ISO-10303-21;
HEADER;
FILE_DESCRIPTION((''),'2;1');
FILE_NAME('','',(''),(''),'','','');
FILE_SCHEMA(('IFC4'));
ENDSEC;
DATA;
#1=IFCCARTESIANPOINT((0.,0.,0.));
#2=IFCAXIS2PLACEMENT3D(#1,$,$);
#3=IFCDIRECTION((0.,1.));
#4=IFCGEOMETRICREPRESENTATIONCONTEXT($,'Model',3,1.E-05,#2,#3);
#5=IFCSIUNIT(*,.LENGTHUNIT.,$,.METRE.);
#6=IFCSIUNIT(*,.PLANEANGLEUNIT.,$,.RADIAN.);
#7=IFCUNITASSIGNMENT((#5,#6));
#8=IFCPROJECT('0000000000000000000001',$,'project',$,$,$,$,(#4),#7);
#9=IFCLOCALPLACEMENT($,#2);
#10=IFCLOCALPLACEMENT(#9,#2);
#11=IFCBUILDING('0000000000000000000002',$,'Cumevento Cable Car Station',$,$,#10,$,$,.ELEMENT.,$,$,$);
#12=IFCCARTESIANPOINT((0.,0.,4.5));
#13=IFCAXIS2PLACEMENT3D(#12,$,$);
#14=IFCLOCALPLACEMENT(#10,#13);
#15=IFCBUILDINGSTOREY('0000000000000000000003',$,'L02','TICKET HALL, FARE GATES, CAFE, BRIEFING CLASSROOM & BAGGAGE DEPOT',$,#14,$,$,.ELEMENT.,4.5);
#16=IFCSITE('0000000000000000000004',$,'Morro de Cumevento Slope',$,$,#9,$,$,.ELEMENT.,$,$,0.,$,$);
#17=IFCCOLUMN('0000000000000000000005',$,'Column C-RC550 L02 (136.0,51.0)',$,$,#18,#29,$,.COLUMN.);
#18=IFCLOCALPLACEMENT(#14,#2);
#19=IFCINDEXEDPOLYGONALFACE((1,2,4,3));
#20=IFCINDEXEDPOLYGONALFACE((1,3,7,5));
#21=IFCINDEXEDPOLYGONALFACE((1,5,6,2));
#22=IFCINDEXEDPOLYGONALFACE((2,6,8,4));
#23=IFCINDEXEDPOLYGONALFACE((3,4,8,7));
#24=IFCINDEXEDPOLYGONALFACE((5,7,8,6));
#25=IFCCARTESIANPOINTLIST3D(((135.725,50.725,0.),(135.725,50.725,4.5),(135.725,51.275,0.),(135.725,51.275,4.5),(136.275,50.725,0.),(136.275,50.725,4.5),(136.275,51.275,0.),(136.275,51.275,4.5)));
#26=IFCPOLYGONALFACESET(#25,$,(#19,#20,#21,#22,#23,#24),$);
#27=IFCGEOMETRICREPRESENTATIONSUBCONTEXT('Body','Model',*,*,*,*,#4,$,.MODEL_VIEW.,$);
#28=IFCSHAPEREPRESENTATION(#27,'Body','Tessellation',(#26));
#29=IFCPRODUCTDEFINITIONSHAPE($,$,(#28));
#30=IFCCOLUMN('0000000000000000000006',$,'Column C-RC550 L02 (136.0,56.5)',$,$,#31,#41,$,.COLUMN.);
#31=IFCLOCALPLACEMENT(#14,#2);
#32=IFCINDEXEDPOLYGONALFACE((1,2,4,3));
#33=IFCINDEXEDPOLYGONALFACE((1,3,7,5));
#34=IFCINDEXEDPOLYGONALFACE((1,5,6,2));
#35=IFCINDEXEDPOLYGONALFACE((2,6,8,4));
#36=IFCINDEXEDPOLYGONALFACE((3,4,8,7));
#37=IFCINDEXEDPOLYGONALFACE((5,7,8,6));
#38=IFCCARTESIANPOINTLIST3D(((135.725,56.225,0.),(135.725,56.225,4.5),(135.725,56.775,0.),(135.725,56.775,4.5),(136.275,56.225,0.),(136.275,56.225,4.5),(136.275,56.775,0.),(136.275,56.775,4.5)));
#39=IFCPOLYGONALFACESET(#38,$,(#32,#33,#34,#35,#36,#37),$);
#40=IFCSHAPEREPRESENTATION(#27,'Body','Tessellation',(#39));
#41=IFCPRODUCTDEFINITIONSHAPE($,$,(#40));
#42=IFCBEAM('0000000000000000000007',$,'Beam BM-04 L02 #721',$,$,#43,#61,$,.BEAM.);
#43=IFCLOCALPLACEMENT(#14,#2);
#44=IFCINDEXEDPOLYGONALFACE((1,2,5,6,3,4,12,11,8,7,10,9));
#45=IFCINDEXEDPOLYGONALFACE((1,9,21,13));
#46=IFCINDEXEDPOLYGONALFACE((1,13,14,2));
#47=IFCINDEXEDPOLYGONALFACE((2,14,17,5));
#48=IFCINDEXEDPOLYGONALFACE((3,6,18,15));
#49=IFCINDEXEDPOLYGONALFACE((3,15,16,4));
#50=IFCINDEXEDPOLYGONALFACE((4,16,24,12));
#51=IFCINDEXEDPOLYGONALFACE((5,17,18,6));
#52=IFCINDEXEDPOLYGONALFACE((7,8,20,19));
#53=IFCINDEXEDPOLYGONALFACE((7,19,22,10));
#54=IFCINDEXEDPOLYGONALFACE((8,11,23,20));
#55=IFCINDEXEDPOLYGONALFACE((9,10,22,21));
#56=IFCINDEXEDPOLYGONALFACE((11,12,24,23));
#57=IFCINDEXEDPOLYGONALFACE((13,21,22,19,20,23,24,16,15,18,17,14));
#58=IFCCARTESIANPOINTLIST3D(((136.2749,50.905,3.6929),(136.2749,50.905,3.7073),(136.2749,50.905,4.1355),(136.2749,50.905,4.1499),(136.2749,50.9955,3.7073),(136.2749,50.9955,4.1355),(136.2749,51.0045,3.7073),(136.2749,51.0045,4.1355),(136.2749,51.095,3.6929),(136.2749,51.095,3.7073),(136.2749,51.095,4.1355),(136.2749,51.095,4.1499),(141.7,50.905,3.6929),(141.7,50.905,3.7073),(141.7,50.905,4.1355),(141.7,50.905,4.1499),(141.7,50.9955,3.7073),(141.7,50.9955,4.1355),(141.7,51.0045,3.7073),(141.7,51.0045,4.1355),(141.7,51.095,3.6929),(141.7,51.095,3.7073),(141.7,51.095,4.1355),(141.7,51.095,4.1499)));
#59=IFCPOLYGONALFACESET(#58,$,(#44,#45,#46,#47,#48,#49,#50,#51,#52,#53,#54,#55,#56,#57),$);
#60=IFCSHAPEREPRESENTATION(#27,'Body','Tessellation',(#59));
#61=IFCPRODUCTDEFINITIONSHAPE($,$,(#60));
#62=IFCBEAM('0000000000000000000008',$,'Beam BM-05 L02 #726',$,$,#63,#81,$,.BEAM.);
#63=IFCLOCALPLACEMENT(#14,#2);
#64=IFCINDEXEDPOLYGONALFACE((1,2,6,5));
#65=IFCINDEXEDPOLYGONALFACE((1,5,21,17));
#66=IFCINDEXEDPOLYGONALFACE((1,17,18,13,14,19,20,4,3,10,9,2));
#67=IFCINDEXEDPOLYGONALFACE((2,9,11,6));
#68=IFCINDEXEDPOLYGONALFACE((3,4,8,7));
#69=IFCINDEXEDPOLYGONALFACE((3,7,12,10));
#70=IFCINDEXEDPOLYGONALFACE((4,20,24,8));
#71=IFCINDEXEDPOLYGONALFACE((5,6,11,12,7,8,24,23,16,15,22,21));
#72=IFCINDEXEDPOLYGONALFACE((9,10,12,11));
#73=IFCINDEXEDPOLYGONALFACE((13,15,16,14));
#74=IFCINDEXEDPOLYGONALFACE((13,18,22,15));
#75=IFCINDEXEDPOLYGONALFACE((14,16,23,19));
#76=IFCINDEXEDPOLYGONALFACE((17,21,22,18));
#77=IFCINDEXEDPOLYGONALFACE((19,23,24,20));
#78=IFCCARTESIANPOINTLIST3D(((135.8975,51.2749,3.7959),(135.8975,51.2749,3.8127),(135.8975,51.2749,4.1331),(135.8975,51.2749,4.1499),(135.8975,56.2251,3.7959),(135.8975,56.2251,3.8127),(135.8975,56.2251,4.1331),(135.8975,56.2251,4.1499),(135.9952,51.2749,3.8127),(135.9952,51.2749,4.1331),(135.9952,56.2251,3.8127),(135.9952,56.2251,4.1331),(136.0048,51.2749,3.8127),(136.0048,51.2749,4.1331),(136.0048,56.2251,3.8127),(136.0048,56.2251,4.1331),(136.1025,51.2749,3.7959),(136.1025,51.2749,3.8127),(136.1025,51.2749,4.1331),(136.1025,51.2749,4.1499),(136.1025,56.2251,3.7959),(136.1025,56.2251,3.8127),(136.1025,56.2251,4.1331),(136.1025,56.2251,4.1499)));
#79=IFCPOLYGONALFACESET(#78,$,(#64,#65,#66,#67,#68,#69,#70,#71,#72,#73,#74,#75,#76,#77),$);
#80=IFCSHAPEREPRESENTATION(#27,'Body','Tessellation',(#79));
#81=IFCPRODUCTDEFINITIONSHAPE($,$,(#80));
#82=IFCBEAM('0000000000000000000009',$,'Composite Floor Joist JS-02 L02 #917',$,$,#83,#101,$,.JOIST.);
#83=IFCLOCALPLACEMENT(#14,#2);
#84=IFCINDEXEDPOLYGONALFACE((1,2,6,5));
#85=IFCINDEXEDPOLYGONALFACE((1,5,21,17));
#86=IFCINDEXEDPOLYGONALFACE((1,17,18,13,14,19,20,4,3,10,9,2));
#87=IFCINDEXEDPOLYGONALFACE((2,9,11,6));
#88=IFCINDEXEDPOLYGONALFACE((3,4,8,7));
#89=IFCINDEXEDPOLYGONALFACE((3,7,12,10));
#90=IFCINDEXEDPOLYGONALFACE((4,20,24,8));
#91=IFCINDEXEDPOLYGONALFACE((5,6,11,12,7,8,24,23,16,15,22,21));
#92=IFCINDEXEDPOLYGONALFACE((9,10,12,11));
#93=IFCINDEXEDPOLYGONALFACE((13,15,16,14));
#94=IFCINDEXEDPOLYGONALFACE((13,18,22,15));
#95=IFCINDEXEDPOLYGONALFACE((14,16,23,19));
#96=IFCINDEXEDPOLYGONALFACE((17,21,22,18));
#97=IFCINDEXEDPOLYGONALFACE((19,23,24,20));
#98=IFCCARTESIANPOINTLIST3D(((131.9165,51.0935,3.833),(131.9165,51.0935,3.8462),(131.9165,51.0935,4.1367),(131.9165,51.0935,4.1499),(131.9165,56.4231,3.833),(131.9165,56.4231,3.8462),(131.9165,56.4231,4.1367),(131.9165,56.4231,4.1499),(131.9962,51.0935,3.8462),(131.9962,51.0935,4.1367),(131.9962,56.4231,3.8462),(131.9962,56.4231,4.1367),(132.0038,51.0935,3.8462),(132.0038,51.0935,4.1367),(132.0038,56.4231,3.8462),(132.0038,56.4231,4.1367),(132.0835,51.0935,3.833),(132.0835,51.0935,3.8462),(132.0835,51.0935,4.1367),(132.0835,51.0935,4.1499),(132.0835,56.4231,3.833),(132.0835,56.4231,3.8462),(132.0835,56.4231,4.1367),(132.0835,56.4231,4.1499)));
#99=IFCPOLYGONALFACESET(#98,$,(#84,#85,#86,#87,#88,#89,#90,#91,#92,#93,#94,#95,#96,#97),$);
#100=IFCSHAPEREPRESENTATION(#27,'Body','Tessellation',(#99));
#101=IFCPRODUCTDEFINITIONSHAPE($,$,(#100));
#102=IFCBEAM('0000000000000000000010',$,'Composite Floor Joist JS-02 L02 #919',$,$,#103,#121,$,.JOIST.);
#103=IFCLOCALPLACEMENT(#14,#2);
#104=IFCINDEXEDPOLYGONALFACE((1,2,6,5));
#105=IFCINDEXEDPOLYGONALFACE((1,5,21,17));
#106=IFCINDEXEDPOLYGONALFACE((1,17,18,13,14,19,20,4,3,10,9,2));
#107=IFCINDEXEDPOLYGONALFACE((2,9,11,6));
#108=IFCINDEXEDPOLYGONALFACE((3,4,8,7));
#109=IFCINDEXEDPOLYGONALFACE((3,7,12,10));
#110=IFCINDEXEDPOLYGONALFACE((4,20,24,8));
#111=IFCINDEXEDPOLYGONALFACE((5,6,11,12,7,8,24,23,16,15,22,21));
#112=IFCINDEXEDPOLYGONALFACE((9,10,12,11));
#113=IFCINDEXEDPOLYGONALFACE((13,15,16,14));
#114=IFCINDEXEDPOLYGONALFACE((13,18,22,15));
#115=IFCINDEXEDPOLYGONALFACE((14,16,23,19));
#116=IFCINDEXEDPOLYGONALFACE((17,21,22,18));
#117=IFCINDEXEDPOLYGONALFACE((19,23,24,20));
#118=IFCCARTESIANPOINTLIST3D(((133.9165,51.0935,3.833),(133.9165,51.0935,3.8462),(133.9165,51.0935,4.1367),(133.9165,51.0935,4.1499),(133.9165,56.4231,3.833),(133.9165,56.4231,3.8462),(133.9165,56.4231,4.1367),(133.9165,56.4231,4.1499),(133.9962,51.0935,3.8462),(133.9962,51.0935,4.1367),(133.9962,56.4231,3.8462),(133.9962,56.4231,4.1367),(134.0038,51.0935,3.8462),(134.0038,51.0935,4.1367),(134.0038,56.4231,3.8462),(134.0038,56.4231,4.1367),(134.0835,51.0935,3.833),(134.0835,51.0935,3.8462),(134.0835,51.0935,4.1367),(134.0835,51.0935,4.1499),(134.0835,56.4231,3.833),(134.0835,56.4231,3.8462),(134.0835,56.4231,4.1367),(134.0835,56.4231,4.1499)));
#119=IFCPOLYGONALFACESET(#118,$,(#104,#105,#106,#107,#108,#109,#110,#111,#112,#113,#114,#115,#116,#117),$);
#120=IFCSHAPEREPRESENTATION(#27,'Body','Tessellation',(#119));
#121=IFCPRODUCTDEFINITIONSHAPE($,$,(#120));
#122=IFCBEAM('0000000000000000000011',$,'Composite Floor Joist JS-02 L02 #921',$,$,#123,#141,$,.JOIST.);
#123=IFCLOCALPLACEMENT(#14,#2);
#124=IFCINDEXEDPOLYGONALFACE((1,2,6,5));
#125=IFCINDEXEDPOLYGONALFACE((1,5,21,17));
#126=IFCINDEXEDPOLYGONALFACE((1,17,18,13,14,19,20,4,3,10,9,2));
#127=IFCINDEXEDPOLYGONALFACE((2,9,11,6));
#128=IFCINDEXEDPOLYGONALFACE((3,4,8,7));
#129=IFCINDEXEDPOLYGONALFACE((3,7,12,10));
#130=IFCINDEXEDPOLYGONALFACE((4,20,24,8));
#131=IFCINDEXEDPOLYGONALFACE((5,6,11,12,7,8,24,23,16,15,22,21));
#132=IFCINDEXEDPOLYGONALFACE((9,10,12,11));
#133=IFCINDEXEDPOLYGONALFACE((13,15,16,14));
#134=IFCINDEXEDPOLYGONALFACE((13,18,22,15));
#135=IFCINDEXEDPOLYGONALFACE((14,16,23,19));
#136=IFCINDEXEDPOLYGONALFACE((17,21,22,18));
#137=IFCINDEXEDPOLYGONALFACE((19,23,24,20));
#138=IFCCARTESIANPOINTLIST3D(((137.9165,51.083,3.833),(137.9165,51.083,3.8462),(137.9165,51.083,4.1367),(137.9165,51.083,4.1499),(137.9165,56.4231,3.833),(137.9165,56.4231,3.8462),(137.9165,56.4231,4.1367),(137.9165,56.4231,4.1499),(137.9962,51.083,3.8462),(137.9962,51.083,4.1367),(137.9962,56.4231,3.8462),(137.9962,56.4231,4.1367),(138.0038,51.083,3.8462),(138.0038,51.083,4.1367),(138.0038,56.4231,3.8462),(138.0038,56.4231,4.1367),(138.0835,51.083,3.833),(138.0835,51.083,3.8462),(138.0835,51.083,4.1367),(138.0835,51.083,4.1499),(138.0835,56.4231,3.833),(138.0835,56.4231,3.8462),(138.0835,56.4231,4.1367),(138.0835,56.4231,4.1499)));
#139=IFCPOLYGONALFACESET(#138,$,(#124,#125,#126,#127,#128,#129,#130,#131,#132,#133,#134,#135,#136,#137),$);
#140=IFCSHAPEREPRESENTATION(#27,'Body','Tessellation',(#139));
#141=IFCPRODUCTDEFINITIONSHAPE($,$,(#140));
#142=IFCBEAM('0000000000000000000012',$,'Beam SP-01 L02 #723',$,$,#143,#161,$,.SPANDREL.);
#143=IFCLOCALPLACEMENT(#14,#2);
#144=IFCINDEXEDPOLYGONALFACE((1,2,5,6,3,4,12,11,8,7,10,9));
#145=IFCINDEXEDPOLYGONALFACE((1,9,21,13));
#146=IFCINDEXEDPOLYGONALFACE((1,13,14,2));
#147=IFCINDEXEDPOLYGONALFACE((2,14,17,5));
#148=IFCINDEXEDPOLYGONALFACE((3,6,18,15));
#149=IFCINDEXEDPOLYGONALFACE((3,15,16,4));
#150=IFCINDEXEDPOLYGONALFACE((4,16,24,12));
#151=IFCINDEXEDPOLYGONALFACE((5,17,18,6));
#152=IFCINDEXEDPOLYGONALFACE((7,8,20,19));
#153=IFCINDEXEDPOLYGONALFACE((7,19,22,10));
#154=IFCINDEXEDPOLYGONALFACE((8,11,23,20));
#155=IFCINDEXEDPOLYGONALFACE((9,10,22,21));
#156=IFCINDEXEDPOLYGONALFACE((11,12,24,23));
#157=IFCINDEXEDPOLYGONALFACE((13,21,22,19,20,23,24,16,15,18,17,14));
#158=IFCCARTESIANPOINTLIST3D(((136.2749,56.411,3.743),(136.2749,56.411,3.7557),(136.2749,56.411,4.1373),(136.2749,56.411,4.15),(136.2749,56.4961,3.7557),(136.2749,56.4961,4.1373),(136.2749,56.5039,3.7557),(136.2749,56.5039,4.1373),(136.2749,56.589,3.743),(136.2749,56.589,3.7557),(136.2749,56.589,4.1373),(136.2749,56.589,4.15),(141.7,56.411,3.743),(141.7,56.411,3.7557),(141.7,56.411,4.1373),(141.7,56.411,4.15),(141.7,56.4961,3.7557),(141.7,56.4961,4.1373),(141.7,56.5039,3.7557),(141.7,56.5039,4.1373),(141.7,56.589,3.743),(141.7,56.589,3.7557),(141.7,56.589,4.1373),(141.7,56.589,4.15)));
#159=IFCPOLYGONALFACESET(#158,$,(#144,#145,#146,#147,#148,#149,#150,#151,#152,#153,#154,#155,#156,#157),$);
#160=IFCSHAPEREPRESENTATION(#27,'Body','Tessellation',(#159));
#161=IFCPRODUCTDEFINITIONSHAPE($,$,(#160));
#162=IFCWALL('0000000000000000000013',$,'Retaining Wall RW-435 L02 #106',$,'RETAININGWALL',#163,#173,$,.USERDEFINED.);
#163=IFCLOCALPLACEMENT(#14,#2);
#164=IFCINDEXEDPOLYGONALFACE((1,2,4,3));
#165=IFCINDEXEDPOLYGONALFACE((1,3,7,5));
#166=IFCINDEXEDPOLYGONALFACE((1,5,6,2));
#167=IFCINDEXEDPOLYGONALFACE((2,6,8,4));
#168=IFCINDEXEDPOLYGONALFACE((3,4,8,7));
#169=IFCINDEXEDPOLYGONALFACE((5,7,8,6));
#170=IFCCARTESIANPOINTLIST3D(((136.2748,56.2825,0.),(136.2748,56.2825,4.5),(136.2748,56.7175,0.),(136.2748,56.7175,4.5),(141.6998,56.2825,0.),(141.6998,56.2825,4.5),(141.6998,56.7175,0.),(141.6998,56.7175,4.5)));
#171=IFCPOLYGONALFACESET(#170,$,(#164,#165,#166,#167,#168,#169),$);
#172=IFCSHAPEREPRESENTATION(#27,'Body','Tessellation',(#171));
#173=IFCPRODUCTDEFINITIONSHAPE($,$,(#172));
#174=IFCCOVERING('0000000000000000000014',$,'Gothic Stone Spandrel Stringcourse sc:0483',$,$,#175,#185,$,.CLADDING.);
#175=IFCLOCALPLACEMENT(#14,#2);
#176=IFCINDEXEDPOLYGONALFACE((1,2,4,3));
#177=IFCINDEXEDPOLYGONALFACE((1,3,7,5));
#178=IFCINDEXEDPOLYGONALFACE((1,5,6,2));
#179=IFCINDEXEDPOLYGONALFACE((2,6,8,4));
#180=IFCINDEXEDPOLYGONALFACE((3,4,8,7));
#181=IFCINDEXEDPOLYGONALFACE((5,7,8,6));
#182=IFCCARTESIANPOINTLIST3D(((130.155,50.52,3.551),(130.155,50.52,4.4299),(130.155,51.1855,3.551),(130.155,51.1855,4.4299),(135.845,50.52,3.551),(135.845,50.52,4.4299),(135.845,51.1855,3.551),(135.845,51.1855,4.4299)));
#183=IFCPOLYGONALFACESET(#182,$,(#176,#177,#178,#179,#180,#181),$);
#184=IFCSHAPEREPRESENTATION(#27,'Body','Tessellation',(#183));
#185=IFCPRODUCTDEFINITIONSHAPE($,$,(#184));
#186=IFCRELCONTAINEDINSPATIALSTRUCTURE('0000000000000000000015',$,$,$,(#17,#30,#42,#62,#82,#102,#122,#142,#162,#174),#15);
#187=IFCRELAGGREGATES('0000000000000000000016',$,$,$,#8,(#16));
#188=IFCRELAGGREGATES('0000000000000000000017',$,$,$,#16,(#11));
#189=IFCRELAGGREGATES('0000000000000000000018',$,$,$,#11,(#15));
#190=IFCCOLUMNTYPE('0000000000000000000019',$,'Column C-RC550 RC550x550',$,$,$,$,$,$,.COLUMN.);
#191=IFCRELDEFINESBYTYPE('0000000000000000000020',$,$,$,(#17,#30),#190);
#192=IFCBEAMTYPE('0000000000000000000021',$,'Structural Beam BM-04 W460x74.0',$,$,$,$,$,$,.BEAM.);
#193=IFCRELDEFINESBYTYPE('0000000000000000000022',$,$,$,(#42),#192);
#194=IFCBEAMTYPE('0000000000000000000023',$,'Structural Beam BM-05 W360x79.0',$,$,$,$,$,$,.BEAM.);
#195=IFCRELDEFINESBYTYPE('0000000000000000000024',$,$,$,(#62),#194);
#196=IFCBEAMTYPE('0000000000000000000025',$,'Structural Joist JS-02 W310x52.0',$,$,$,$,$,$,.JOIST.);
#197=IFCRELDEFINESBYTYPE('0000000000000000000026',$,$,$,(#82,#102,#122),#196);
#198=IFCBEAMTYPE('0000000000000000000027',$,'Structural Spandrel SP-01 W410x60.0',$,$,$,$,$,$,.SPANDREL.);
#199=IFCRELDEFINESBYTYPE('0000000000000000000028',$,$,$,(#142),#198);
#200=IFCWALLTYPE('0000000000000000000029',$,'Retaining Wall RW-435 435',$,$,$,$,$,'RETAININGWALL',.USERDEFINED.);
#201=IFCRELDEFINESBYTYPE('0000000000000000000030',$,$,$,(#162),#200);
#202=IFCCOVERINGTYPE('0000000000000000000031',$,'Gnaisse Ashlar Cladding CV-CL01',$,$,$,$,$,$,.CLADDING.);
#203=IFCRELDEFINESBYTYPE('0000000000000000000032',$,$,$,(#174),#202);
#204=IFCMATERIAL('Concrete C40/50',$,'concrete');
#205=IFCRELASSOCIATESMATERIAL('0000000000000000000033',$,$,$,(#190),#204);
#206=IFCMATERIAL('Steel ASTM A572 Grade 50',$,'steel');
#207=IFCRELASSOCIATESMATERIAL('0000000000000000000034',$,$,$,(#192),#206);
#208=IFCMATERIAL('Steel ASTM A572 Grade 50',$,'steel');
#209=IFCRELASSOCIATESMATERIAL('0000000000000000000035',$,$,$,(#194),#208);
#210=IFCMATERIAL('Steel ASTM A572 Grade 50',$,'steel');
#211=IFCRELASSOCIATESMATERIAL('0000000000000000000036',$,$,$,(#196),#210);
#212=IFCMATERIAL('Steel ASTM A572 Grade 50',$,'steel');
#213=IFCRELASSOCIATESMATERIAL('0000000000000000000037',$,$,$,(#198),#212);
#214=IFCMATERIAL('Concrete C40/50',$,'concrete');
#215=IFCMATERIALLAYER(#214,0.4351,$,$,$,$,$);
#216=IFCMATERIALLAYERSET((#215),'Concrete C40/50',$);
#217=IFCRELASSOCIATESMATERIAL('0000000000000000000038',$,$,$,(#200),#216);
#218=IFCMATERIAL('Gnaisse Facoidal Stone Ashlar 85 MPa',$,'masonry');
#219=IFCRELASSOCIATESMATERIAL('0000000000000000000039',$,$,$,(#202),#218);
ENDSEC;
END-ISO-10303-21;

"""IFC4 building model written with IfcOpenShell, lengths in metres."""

from ifc_helpers import new_model, si_unit, direction, frame, frame_2d, origin, origin_2d, place, context, subcontext, project, spatial, rectangle, i_section, extrude, material, layer, layer_set, material_profile, profile_set, type_object, element, save


model = new_model("IFC4")

# Units and contexts
model_context = context("Model", 3, precision=1e-05, world=origin(), true_north=direction((0.0, 1.0)))
body_context = subcontext(model_context, "Body", "Model", "MODEL_VIEW")
ifc_project = project(units=[si_unit("LENGTHUNIT", "METRE"), si_unit("PLANEANGLEUNIT", "RADIAN")], contexts=[model_context])

# Site, building, storey
site_placement = place(None, origin())
site = spatial("IfcSite", under=ifc_project, at=site_placement, Name="Morro de Cumevento Slope", CompositionType="ELEMENT", RefElevation=0.0)
building_placement = place(site_placement, origin())
building = spatial("IfcBuilding", under=site, at=building_placement, Name="Cumevento Cable Car Station", CompositionType="ELEMENT")
storey_placement = place(building_placement, frame((0.0, 0.0, 4.5)))
storey = spatial("IfcBuildingStorey", under=building, at=storey_placement, Name="L02", Description="TICKET HALL, FARE GATES, CAFE, BRIEFING CLASSROOM & BAGGAGE DEPOT", CompositionType="ELEMENT", Elevation=4.5)

# Columns
ifc_material_1 = material(Name="Concrete C40/50", Category="concrete")
ifc_material_profile_1 = material_profile(ifc_material_1, rectangle(XDim=0.55, YDim=0.55, at=origin_2d()), Name="RC550x550")
ifc_profile_set_1 = profile_set([ifc_material_profile_1], Name="Concrete C40/50")
column_type = type_object("IfcColumnType", Name="Column C-RC550 RC550x550", PredefinedType="COLUMN", material=ifc_profile_set_1)
for number, where, z_axis, x_axis, name in (
    (1, (136.0, 51.0, 0.0), (0.0, 0.0, 1.0), (1.0, 0.0, 0.0), "Column C-RC550 L02 (136.0,51.0)"),
    (2, (136.0, 56.5, 0.0), (0.0, 0.0, 1.0), (1.0, 0.0, 0.0), "Column C-RC550 L02 (136.0,56.5)"),
):
    element("IfcColumn", number, at=place(storey_placement, frame(where, z_axis=z_axis, x_axis=x_axis)), inside=storey, type_object=column_type, Name=name, PredefinedType="COLUMN", context=body_context, shape_type="SweptSolid", body=[
        extrude(rectangle(XDim=0.55, YDim=0.55, at=origin_2d()), origin(), (0.0, 0.0, 1.0), 4.5),
    ])

# Beams
ifc_material_2 = material(Name="Steel ASTM A572 Grade 50", Category="steel")
ifc_material_profile_2 = material_profile(ifc_material_2, i_section(OverallWidth=0.1899, OverallDepth=0.457, WebThickness=0.009, FlangeThickness=0.0144, at=origin_2d()), Name="W460x74.0")
ifc_profile_set_2 = profile_set([ifc_material_profile_2], Name="Steel ASTM A572 Grade 50")
beam_type_1 = type_object("IfcBeamType", Name="Structural Beam BM-04 W460x74.0", PredefinedType="BEAM", material=ifc_profile_set_2)
beam_1_placement = place(storey_placement, frame((136.2749, 51.0, 3.9214), z_axis=(1.0, 0.0, 0.0), x_axis=(0.0, 1.0, 0.0)))
element("IfcBeam", 3, at=beam_1_placement, inside=storey, type_object=beam_type_1, Name="Beam BM-04 L02 #721", PredefinedType="BEAM", context=body_context, shape_type="SweptSolid", body=[
    extrude(i_section(OverallWidth=0.1899, OverallDepth=0.457, WebThickness=0.009, FlangeThickness=0.0144, at=origin_2d()), origin(), (0.0, 0.0, 1.0), 5.425),
])
ifc_material_3 = material(Name="Steel ASTM A572 Grade 50", Category="steel")
ifc_material_profile_3 = material_profile(ifc_material_3, i_section(OverallWidth=0.2051, OverallDepth=0.354, WebThickness=0.0095, FlangeThickness=0.0168, at=origin_2d()), Name="W360x79.0")
ifc_profile_set_3 = profile_set([ifc_material_profile_3], Name="Steel ASTM A572 Grade 50")
beam_type_2 = type_object("IfcBeamType", Name="Structural Beam BM-05 W360x79.0", PredefinedType="BEAM", material=ifc_profile_set_3)
beam_2_placement = place(storey_placement, frame((136.0, 51.2749, 3.9729), z_axis=(0.0, 1.0, 0.0), x_axis=(-1.0, 0.0, 0.0)))
element("IfcBeam", 4, at=beam_2_placement, inside=storey, type_object=beam_type_2, Name="Beam BM-05 L02 #726", PredefinedType="BEAM", context=body_context, shape_type="SweptSolid", body=[
    extrude(i_section(OverallWidth=0.2051, OverallDepth=0.354, WebThickness=0.0095, FlangeThickness=0.0168, at=origin_2d()), origin(), (0.0, 0.0, 1.0), 4.9502),
])
ifc_material_4 = material(Name="Steel ASTM A572 Grade 50", Category="steel")
ifc_material_profile_4 = material_profile(ifc_material_4, i_section(OverallWidth=0.167, OverallDepth=0.3169, WebThickness=0.0076, FlangeThickness=0.0132, at=origin_2d()), Name="W310x52.0")
ifc_profile_set_4 = profile_set([ifc_material_profile_4], Name="Steel ASTM A572 Grade 50")
beam_type_3 = type_object("IfcBeamType", Name="Structural Joist JS-02 W310x52.0", PredefinedType="JOIST", material=ifc_profile_set_4)
for number, where, z_axis, x_axis, name in (
    (5, (132.0, 51.0935, 3.9915), (0.0, 1.0, 0.0), (-1.0, 0.0, 0.0), "Composite Floor Joist JS-02 L02 #917"),
    (6, (134.0, 51.0935, 3.9915), (0.0, 1.0, 0.0), (-1.0, 0.0, 0.0), "Composite Floor Joist JS-02 L02 #919"),
):
    element("IfcBeam", number, at=place(storey_placement, frame(where, z_axis=z_axis, x_axis=x_axis)), inside=storey, type_object=beam_type_3, Name=name, PredefinedType="JOIST", context=body_context, shape_type="SweptSolid", body=[
        extrude(i_section(OverallWidth=0.167, OverallDepth=0.3169, WebThickness=0.0076, FlangeThickness=0.0132, at=origin_2d()), origin(), (0.0, 0.0, 1.0), 5.3296),
    ])
beam_3_placement = place(storey_placement, frame((138.0, 51.083, 3.9915), z_axis=(0.0, 1.0, 0.0), x_axis=(-1.0, 0.0, 0.0)))
element("IfcBeam", 7, at=beam_3_placement, inside=storey, type_object=beam_type_3, Name="Composite Floor Joist JS-02 L02 #921", PredefinedType="JOIST", context=body_context, shape_type="SweptSolid", body=[
    extrude(i_section(OverallWidth=0.167, OverallDepth=0.3169, WebThickness=0.0076, FlangeThickness=0.0132, at=origin_2d()), origin(), (0.0, 0.0, 1.0), 5.3401),
])
ifc_material_5 = material(Name="Steel ASTM A572 Grade 50", Category="steel")
ifc_material_profile_5 = material_profile(ifc_material_5, i_section(OverallWidth=0.178, OverallDepth=0.407, WebThickness=0.0078, FlangeThickness=0.0127, at=origin_2d()), Name="W410x60.0")
ifc_profile_set_5 = profile_set([ifc_material_profile_5], Name="Steel ASTM A572 Grade 50")
beam_type_4 = type_object("IfcBeamType", Name="Structural Spandrel SP-01 W410x60.0", PredefinedType="SPANDREL", material=ifc_profile_set_5)
beam_4_placement = place(storey_placement, frame((136.2749, 56.5, 3.9465), z_axis=(1.0, 0.0, 0.0), x_axis=(0.0, 1.0, 0.0)))
element("IfcBeam", 8, at=beam_4_placement, inside=storey, type_object=beam_type_4, Name="Beam SP-01 L02 #723", PredefinedType="SPANDREL", context=body_context, shape_type="SweptSolid", body=[
    extrude(i_section(OverallWidth=0.178, OverallDepth=0.407, WebThickness=0.0078, FlangeThickness=0.0127, at=origin_2d()), origin(), (0.0, 0.0, 1.0), 5.425),
])

# Wall
ifc_material_6 = material(Name="Concrete C40/50", Category="concrete")
ifc_layer = layer(ifc_material_6, 0.4351)
ifc_layer_set = layer_set([ifc_layer], Name="Concrete C40/50")
wall_type = type_object("IfcWallType", Name="Retaining Wall RW-435 435", ElementType="RETAININGWALL", PredefinedType="USERDEFINED", material=ifc_layer_set)
wall_placement = place(storey_placement, frame((136.2749, 56.5, 0.0), z_axis=(0.0, 0.0, 1.0), x_axis=(1.0, 0.0, 0.0)))
element("IfcWall", 9, at=wall_placement, inside=storey, type_object=wall_type, Name="Retaining Wall RW-435 L02 #106", ObjectType="RETAININGWALL", PredefinedType="USERDEFINED", context=body_context, shape_type="SweptSolid", body=[
    extrude(rectangle(XDim=5.425, YDim=0.4351, at=frame_2d((2.7124, 0.0))), origin(), (0.0, 0.0, 1.0), 4.5),
])

# Covering
ifc_material_7 = material(Name="Gnaisse Facoidal Stone Ashlar 85 MPa", Category="masonry")
covering_type = type_object("IfcCoveringType", Name="Gnaisse Ashlar Cladding CV-CL01", PredefinedType="CLADDING", material=ifc_material_7)
covering_1_placement = place(storey_placement, frame((133.0, 50.8528, 3.551), z_axis=(0.0, 0.0, 1.0), x_axis=(1.0, 0.0, 0.0)))
element("IfcCovering", 10, at=covering_1_placement, inside=storey, type_object=covering_type, Name="Gothic Stone Spandrel Stringcourse sc:0483", PredefinedType="CLADDING", context=body_context, shape_type="SweptSolid", body=[
    extrude(rectangle(XDim=5.6899, YDim=0.6655, at=origin_2d()), origin(), (0.0, 0.0, 1.0), 0.8789),
])

save(model, "model.ifc")
